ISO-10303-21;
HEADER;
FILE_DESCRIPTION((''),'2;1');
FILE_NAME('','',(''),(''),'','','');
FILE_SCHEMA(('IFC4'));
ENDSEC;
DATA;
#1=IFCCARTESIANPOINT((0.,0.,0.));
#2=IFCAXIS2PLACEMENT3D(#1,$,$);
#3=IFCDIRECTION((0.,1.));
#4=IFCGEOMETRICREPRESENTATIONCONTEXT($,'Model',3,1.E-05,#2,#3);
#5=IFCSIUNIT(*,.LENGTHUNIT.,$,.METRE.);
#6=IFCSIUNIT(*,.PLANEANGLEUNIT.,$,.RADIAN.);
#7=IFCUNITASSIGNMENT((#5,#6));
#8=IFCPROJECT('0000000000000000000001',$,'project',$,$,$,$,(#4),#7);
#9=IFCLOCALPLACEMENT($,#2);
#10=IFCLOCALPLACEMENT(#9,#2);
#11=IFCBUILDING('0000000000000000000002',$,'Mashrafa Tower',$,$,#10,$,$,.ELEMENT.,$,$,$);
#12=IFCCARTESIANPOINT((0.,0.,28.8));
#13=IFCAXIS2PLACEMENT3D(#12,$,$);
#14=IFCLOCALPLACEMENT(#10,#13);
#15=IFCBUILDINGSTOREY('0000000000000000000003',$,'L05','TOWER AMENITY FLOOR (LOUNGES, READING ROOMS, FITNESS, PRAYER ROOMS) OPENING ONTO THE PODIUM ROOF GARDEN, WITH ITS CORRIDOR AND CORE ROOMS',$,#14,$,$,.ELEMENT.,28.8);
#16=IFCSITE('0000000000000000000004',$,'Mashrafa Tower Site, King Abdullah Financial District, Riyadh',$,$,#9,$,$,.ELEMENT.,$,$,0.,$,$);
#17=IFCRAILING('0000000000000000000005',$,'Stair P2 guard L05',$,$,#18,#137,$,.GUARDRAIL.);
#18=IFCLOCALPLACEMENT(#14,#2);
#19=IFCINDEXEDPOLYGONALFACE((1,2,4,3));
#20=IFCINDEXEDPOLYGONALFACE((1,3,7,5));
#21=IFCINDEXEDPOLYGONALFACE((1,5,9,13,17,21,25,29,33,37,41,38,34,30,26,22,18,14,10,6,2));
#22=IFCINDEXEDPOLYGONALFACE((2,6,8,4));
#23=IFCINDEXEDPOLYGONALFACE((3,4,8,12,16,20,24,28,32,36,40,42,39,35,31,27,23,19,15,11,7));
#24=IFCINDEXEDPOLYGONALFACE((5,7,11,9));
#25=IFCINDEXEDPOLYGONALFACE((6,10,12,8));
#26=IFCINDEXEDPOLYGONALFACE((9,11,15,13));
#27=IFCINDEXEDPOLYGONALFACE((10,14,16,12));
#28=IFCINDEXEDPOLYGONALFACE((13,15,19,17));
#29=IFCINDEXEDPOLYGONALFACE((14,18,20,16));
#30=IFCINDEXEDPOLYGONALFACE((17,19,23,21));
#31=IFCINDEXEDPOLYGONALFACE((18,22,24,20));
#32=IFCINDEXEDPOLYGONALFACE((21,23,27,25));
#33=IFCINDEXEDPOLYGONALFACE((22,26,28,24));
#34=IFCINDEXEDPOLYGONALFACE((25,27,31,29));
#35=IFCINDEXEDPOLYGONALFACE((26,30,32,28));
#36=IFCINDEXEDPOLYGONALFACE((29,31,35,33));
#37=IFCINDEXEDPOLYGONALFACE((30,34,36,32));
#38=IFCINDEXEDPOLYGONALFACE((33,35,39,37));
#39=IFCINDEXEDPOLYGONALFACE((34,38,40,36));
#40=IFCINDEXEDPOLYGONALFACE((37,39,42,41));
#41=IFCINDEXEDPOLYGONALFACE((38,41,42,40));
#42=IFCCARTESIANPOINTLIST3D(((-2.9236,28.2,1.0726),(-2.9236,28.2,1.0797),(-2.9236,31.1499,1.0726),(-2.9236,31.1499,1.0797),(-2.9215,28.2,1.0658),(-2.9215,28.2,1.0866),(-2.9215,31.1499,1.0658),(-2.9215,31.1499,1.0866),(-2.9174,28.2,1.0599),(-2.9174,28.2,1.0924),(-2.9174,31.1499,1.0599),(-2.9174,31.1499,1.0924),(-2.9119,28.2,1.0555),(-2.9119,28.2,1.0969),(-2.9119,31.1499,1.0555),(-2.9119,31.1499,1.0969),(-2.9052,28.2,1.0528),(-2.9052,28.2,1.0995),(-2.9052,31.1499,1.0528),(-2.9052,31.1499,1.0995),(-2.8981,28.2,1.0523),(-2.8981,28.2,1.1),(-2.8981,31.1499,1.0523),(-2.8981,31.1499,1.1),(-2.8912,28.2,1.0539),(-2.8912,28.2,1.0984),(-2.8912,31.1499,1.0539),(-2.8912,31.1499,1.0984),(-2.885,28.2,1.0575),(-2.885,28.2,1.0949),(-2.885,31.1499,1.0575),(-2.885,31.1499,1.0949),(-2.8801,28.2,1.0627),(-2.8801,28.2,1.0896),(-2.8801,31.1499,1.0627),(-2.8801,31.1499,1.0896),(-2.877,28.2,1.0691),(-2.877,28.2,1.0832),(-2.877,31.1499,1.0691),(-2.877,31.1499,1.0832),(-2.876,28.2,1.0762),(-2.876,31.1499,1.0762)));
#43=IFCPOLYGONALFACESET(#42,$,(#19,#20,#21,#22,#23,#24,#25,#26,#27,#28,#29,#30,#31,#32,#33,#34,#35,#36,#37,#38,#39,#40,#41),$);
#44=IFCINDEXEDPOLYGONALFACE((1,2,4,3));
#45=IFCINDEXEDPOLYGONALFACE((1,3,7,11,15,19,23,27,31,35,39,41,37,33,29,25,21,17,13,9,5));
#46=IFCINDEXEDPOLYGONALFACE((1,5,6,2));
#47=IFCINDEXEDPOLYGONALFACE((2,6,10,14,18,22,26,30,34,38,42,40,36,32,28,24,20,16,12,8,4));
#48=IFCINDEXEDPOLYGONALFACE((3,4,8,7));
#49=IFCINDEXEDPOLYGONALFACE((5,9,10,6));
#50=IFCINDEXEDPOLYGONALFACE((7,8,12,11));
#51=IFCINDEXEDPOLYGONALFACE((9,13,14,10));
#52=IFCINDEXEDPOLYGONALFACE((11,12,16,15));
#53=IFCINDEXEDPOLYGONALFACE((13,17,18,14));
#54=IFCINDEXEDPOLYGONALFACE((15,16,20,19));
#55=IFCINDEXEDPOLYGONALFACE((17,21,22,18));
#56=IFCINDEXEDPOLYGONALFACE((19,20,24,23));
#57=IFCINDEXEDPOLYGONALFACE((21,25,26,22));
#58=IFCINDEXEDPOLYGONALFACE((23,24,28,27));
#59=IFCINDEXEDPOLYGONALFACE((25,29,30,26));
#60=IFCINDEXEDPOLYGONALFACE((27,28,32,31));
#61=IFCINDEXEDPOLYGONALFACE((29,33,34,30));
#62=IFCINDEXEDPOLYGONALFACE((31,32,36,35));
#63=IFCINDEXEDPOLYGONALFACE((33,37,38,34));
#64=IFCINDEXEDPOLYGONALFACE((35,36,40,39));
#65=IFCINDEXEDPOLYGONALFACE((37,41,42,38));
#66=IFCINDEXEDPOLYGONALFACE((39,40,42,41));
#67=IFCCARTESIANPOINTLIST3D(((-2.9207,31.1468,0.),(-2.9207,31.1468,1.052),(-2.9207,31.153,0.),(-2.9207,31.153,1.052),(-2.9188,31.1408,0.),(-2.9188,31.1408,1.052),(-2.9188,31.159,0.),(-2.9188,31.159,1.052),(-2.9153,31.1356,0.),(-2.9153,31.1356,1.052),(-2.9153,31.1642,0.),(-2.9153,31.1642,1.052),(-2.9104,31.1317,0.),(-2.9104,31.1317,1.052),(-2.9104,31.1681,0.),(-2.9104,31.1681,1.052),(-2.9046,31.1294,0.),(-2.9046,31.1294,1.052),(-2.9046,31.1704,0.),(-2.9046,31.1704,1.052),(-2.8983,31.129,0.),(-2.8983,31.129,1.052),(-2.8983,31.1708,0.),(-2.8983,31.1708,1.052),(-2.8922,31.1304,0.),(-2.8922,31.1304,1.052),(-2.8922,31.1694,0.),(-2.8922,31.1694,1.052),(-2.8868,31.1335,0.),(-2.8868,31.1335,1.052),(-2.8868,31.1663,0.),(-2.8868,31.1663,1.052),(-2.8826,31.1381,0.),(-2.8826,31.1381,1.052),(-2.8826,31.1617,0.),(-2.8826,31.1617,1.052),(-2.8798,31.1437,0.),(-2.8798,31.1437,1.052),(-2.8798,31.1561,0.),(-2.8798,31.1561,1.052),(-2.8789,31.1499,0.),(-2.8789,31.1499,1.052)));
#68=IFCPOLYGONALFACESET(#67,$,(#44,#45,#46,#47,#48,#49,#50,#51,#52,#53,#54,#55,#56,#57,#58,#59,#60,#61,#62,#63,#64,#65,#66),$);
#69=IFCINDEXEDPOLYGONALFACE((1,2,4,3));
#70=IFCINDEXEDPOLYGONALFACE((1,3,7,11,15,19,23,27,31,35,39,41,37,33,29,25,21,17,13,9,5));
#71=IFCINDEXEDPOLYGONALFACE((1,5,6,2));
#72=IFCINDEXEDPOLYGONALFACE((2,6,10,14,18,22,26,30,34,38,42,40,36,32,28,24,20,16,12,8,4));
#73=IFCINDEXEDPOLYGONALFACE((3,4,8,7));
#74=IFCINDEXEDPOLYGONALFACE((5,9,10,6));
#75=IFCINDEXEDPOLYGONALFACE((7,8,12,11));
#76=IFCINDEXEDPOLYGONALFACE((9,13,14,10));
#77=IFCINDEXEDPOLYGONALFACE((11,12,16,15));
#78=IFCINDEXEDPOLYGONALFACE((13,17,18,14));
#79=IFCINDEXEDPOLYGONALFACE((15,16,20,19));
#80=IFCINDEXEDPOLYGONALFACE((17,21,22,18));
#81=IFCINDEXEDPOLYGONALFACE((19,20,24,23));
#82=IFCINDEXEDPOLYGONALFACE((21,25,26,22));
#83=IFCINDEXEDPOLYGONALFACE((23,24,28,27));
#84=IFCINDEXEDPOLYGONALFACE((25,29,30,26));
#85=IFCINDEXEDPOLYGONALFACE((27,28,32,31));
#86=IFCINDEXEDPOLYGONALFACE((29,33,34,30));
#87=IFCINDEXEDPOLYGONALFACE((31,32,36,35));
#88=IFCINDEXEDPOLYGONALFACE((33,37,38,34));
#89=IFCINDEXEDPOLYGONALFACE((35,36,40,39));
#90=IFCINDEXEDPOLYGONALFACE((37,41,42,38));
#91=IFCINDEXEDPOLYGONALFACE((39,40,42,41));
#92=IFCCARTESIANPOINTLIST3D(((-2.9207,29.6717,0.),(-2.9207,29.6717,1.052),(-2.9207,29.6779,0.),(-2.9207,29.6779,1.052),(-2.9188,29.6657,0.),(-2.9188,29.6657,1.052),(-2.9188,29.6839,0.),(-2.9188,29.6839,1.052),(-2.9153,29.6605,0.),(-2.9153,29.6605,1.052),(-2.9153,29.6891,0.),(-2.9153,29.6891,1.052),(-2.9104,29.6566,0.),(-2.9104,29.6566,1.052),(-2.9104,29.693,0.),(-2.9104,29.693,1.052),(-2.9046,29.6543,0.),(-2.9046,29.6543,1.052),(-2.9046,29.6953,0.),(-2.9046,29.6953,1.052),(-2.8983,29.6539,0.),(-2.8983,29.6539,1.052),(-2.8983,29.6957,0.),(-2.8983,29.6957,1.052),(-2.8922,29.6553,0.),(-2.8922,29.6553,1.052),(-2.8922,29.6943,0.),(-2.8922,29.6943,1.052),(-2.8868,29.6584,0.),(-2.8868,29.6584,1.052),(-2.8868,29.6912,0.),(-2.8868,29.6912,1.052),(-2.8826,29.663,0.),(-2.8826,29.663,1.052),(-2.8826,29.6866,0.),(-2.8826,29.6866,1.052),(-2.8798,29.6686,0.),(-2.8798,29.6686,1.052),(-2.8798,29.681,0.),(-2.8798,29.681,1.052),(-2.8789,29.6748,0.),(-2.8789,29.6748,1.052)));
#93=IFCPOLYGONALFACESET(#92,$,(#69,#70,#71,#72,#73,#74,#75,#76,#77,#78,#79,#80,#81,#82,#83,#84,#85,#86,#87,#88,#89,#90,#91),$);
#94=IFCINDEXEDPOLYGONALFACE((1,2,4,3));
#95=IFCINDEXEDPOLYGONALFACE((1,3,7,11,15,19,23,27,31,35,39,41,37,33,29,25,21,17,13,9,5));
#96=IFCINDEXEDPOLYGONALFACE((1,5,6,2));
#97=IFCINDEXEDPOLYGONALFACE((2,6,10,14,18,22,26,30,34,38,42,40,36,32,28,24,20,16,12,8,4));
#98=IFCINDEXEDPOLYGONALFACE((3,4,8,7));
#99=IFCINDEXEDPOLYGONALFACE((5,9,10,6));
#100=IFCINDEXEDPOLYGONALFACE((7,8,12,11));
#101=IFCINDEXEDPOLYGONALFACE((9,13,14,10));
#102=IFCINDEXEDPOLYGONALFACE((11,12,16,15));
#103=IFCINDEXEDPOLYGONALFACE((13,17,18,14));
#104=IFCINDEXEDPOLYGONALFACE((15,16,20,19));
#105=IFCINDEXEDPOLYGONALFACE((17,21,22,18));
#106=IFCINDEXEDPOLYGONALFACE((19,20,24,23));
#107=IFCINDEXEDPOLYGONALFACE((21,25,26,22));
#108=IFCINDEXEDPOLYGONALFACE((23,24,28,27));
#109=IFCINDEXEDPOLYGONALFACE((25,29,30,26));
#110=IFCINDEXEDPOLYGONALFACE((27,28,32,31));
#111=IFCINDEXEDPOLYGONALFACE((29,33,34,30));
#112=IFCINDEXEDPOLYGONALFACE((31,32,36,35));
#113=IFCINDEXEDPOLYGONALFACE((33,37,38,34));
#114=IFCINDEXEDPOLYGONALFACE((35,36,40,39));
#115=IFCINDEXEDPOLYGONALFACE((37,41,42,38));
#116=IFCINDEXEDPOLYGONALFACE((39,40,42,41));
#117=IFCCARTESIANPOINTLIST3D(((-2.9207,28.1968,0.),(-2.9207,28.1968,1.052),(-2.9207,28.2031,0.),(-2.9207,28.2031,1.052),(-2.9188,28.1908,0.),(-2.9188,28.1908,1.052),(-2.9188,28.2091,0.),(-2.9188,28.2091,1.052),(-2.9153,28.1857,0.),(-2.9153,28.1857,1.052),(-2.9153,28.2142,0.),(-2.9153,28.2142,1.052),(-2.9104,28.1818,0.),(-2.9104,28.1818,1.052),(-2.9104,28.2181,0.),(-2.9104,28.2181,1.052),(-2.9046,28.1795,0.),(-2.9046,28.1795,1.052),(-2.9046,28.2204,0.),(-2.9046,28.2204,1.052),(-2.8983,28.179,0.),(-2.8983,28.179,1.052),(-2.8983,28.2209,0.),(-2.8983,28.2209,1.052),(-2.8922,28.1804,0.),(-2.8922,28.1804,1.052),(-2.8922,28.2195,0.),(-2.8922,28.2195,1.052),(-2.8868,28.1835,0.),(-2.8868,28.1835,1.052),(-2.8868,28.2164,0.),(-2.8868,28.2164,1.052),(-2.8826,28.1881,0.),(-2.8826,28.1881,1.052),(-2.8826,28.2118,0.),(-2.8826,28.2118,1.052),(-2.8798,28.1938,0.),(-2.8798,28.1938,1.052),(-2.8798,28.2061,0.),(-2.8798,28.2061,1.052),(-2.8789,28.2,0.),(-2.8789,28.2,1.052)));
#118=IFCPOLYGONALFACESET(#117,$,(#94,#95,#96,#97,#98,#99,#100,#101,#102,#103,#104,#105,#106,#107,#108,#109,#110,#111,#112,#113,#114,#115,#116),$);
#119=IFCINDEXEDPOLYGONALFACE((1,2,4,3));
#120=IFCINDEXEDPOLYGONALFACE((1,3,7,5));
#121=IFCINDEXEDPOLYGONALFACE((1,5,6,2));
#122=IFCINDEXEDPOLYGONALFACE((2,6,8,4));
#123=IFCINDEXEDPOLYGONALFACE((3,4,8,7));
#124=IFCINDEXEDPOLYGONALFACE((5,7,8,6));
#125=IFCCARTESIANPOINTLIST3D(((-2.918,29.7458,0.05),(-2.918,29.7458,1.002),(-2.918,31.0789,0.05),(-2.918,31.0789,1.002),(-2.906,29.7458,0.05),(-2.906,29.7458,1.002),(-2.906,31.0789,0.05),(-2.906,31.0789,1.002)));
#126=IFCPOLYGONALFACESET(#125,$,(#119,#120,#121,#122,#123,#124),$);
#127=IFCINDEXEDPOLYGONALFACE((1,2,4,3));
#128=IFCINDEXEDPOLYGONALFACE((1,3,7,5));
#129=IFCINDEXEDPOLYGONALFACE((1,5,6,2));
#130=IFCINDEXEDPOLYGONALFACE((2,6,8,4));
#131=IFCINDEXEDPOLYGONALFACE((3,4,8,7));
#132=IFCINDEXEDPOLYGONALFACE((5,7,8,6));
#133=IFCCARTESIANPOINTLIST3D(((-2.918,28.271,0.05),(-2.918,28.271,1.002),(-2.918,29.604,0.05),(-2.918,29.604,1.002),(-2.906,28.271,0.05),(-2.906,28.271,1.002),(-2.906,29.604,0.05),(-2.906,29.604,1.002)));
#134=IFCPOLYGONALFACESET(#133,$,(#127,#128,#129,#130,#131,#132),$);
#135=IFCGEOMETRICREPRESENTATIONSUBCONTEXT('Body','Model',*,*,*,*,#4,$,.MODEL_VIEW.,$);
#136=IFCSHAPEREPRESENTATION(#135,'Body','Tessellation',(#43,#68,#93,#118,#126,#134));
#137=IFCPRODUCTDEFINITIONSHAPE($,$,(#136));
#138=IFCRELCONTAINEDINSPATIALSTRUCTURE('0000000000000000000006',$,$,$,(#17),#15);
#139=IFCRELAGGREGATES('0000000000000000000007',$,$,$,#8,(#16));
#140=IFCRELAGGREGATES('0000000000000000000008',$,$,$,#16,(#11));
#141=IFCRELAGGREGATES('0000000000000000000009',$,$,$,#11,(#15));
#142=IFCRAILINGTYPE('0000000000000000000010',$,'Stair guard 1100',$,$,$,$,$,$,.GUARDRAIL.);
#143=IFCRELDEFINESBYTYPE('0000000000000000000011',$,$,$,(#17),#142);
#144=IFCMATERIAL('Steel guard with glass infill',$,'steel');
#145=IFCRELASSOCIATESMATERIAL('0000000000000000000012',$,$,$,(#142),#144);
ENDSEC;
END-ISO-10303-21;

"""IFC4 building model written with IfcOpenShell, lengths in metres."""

from ifc_helpers import new_model, si_unit, direction, frame, origin, origin_2d, place, context, subcontext, project, spatial, polyline, circle, outline, extrude, material, type_object, element, save


model = new_model("IFC4")

# Units and contexts
model_context = context("Model", 3, precision=1e-05, world=origin(), true_north=direction((0.0, 1.0)))
body_context = subcontext(model_context, "Body", "Model", "MODEL_VIEW")
ifc_project = project(units=[si_unit("LENGTHUNIT", "METRE"), si_unit("PLANEANGLEUNIT", "RADIAN")], contexts=[model_context])

# Site, building, storey
site_placement = place(None, origin())
site = spatial("IfcSite", under=ifc_project, at=site_placement, Name="Mashrafa Tower Site, King Abdullah Financial District, Riyadh", CompositionType="ELEMENT", RefElevation=0.0)
building_placement = place(site_placement, origin())
building = spatial("IfcBuilding", under=site, at=building_placement, Name="Mashrafa Tower", CompositionType="ELEMENT")
storey_placement = place(building_placement, frame((0.0, 0.0, 28.8)))
storey = spatial("IfcBuildingStorey", under=building, at=storey_placement, Name="L05", Description="TOWER AMENITY FLOOR (LOUNGES, READING ROOMS, FITNESS, PRAYER ROOMS) OPENING ONTO THE PODIUM ROOF GARDEN, WITH ITS CORRIDOR AND CORE ROOMS", CompositionType="ELEMENT", Elevation=28.8)

# Railing
ifc_material_1 = material(Name="Steel guard with glass infill", Category="steel")
railing_type = type_object("IfcRailingType", Name="Stair guard 1100", PredefinedType="GUARDRAIL", material=ifc_material_1)
railing_placement = place(storey_placement, frame((-2.8999, 31.1499, 0.0)))
element("IfcRailing", 1, at=railing_placement, inside=storey, type_object=railing_type, Name="Stair P2 guard L05", PredefinedType="GUARDRAIL", context=body_context, shape_type="SweptSolid", body=[
    extrude(circle(Radius=0.0239, at=origin_2d()), frame((0.0, 0.0, 1.0762), z_axis=(0.0, -1.0, 0.0), x_axis=(1.0, 0.0, 0.0)), (0.0, 0.0, 1.0), 2.95),
    extrude(circle(Radius=0.021, at=origin_2d()), origin(), (0.0, 0.0, 1.0), 1.052),
    extrude(circle(Radius=0.021, at=origin_2d()), frame((0.0, -1.4751, 0.0)), (0.0, 0.0, 1.0), 1.052),
    extrude(circle(Radius=0.021, at=origin_2d()), frame((0.0, -2.95, 0.0)), (0.0, 0.0, 1.0), 1.052),
    extrude(outline(polyline([(0.071, 0.05), (1.4041, 0.05), (1.4041, 1.002), (0.071, 1.002), (0.071, 0.05)])), frame((-0.0061, 0.0, 0.0), z_axis=(-1.0, 0.0, 0.0), x_axis=(0.0, -1.0, 0.0)), (0.0, 0.0, 1.0), 0.012),
    extrude(outline(polyline([(1.5459, 0.05), (2.8789, 0.05), (2.8789, 1.002), (1.5459, 1.002), (1.5459, 0.05)])), frame((-0.0061, 0.0, 0.0), z_axis=(-1.0, 0.0, 0.0), x_axis=(0.0, -1.0, 0.0)), (0.0, 0.0, 1.0), 0.012),
])

save(model, "model.ifc")
